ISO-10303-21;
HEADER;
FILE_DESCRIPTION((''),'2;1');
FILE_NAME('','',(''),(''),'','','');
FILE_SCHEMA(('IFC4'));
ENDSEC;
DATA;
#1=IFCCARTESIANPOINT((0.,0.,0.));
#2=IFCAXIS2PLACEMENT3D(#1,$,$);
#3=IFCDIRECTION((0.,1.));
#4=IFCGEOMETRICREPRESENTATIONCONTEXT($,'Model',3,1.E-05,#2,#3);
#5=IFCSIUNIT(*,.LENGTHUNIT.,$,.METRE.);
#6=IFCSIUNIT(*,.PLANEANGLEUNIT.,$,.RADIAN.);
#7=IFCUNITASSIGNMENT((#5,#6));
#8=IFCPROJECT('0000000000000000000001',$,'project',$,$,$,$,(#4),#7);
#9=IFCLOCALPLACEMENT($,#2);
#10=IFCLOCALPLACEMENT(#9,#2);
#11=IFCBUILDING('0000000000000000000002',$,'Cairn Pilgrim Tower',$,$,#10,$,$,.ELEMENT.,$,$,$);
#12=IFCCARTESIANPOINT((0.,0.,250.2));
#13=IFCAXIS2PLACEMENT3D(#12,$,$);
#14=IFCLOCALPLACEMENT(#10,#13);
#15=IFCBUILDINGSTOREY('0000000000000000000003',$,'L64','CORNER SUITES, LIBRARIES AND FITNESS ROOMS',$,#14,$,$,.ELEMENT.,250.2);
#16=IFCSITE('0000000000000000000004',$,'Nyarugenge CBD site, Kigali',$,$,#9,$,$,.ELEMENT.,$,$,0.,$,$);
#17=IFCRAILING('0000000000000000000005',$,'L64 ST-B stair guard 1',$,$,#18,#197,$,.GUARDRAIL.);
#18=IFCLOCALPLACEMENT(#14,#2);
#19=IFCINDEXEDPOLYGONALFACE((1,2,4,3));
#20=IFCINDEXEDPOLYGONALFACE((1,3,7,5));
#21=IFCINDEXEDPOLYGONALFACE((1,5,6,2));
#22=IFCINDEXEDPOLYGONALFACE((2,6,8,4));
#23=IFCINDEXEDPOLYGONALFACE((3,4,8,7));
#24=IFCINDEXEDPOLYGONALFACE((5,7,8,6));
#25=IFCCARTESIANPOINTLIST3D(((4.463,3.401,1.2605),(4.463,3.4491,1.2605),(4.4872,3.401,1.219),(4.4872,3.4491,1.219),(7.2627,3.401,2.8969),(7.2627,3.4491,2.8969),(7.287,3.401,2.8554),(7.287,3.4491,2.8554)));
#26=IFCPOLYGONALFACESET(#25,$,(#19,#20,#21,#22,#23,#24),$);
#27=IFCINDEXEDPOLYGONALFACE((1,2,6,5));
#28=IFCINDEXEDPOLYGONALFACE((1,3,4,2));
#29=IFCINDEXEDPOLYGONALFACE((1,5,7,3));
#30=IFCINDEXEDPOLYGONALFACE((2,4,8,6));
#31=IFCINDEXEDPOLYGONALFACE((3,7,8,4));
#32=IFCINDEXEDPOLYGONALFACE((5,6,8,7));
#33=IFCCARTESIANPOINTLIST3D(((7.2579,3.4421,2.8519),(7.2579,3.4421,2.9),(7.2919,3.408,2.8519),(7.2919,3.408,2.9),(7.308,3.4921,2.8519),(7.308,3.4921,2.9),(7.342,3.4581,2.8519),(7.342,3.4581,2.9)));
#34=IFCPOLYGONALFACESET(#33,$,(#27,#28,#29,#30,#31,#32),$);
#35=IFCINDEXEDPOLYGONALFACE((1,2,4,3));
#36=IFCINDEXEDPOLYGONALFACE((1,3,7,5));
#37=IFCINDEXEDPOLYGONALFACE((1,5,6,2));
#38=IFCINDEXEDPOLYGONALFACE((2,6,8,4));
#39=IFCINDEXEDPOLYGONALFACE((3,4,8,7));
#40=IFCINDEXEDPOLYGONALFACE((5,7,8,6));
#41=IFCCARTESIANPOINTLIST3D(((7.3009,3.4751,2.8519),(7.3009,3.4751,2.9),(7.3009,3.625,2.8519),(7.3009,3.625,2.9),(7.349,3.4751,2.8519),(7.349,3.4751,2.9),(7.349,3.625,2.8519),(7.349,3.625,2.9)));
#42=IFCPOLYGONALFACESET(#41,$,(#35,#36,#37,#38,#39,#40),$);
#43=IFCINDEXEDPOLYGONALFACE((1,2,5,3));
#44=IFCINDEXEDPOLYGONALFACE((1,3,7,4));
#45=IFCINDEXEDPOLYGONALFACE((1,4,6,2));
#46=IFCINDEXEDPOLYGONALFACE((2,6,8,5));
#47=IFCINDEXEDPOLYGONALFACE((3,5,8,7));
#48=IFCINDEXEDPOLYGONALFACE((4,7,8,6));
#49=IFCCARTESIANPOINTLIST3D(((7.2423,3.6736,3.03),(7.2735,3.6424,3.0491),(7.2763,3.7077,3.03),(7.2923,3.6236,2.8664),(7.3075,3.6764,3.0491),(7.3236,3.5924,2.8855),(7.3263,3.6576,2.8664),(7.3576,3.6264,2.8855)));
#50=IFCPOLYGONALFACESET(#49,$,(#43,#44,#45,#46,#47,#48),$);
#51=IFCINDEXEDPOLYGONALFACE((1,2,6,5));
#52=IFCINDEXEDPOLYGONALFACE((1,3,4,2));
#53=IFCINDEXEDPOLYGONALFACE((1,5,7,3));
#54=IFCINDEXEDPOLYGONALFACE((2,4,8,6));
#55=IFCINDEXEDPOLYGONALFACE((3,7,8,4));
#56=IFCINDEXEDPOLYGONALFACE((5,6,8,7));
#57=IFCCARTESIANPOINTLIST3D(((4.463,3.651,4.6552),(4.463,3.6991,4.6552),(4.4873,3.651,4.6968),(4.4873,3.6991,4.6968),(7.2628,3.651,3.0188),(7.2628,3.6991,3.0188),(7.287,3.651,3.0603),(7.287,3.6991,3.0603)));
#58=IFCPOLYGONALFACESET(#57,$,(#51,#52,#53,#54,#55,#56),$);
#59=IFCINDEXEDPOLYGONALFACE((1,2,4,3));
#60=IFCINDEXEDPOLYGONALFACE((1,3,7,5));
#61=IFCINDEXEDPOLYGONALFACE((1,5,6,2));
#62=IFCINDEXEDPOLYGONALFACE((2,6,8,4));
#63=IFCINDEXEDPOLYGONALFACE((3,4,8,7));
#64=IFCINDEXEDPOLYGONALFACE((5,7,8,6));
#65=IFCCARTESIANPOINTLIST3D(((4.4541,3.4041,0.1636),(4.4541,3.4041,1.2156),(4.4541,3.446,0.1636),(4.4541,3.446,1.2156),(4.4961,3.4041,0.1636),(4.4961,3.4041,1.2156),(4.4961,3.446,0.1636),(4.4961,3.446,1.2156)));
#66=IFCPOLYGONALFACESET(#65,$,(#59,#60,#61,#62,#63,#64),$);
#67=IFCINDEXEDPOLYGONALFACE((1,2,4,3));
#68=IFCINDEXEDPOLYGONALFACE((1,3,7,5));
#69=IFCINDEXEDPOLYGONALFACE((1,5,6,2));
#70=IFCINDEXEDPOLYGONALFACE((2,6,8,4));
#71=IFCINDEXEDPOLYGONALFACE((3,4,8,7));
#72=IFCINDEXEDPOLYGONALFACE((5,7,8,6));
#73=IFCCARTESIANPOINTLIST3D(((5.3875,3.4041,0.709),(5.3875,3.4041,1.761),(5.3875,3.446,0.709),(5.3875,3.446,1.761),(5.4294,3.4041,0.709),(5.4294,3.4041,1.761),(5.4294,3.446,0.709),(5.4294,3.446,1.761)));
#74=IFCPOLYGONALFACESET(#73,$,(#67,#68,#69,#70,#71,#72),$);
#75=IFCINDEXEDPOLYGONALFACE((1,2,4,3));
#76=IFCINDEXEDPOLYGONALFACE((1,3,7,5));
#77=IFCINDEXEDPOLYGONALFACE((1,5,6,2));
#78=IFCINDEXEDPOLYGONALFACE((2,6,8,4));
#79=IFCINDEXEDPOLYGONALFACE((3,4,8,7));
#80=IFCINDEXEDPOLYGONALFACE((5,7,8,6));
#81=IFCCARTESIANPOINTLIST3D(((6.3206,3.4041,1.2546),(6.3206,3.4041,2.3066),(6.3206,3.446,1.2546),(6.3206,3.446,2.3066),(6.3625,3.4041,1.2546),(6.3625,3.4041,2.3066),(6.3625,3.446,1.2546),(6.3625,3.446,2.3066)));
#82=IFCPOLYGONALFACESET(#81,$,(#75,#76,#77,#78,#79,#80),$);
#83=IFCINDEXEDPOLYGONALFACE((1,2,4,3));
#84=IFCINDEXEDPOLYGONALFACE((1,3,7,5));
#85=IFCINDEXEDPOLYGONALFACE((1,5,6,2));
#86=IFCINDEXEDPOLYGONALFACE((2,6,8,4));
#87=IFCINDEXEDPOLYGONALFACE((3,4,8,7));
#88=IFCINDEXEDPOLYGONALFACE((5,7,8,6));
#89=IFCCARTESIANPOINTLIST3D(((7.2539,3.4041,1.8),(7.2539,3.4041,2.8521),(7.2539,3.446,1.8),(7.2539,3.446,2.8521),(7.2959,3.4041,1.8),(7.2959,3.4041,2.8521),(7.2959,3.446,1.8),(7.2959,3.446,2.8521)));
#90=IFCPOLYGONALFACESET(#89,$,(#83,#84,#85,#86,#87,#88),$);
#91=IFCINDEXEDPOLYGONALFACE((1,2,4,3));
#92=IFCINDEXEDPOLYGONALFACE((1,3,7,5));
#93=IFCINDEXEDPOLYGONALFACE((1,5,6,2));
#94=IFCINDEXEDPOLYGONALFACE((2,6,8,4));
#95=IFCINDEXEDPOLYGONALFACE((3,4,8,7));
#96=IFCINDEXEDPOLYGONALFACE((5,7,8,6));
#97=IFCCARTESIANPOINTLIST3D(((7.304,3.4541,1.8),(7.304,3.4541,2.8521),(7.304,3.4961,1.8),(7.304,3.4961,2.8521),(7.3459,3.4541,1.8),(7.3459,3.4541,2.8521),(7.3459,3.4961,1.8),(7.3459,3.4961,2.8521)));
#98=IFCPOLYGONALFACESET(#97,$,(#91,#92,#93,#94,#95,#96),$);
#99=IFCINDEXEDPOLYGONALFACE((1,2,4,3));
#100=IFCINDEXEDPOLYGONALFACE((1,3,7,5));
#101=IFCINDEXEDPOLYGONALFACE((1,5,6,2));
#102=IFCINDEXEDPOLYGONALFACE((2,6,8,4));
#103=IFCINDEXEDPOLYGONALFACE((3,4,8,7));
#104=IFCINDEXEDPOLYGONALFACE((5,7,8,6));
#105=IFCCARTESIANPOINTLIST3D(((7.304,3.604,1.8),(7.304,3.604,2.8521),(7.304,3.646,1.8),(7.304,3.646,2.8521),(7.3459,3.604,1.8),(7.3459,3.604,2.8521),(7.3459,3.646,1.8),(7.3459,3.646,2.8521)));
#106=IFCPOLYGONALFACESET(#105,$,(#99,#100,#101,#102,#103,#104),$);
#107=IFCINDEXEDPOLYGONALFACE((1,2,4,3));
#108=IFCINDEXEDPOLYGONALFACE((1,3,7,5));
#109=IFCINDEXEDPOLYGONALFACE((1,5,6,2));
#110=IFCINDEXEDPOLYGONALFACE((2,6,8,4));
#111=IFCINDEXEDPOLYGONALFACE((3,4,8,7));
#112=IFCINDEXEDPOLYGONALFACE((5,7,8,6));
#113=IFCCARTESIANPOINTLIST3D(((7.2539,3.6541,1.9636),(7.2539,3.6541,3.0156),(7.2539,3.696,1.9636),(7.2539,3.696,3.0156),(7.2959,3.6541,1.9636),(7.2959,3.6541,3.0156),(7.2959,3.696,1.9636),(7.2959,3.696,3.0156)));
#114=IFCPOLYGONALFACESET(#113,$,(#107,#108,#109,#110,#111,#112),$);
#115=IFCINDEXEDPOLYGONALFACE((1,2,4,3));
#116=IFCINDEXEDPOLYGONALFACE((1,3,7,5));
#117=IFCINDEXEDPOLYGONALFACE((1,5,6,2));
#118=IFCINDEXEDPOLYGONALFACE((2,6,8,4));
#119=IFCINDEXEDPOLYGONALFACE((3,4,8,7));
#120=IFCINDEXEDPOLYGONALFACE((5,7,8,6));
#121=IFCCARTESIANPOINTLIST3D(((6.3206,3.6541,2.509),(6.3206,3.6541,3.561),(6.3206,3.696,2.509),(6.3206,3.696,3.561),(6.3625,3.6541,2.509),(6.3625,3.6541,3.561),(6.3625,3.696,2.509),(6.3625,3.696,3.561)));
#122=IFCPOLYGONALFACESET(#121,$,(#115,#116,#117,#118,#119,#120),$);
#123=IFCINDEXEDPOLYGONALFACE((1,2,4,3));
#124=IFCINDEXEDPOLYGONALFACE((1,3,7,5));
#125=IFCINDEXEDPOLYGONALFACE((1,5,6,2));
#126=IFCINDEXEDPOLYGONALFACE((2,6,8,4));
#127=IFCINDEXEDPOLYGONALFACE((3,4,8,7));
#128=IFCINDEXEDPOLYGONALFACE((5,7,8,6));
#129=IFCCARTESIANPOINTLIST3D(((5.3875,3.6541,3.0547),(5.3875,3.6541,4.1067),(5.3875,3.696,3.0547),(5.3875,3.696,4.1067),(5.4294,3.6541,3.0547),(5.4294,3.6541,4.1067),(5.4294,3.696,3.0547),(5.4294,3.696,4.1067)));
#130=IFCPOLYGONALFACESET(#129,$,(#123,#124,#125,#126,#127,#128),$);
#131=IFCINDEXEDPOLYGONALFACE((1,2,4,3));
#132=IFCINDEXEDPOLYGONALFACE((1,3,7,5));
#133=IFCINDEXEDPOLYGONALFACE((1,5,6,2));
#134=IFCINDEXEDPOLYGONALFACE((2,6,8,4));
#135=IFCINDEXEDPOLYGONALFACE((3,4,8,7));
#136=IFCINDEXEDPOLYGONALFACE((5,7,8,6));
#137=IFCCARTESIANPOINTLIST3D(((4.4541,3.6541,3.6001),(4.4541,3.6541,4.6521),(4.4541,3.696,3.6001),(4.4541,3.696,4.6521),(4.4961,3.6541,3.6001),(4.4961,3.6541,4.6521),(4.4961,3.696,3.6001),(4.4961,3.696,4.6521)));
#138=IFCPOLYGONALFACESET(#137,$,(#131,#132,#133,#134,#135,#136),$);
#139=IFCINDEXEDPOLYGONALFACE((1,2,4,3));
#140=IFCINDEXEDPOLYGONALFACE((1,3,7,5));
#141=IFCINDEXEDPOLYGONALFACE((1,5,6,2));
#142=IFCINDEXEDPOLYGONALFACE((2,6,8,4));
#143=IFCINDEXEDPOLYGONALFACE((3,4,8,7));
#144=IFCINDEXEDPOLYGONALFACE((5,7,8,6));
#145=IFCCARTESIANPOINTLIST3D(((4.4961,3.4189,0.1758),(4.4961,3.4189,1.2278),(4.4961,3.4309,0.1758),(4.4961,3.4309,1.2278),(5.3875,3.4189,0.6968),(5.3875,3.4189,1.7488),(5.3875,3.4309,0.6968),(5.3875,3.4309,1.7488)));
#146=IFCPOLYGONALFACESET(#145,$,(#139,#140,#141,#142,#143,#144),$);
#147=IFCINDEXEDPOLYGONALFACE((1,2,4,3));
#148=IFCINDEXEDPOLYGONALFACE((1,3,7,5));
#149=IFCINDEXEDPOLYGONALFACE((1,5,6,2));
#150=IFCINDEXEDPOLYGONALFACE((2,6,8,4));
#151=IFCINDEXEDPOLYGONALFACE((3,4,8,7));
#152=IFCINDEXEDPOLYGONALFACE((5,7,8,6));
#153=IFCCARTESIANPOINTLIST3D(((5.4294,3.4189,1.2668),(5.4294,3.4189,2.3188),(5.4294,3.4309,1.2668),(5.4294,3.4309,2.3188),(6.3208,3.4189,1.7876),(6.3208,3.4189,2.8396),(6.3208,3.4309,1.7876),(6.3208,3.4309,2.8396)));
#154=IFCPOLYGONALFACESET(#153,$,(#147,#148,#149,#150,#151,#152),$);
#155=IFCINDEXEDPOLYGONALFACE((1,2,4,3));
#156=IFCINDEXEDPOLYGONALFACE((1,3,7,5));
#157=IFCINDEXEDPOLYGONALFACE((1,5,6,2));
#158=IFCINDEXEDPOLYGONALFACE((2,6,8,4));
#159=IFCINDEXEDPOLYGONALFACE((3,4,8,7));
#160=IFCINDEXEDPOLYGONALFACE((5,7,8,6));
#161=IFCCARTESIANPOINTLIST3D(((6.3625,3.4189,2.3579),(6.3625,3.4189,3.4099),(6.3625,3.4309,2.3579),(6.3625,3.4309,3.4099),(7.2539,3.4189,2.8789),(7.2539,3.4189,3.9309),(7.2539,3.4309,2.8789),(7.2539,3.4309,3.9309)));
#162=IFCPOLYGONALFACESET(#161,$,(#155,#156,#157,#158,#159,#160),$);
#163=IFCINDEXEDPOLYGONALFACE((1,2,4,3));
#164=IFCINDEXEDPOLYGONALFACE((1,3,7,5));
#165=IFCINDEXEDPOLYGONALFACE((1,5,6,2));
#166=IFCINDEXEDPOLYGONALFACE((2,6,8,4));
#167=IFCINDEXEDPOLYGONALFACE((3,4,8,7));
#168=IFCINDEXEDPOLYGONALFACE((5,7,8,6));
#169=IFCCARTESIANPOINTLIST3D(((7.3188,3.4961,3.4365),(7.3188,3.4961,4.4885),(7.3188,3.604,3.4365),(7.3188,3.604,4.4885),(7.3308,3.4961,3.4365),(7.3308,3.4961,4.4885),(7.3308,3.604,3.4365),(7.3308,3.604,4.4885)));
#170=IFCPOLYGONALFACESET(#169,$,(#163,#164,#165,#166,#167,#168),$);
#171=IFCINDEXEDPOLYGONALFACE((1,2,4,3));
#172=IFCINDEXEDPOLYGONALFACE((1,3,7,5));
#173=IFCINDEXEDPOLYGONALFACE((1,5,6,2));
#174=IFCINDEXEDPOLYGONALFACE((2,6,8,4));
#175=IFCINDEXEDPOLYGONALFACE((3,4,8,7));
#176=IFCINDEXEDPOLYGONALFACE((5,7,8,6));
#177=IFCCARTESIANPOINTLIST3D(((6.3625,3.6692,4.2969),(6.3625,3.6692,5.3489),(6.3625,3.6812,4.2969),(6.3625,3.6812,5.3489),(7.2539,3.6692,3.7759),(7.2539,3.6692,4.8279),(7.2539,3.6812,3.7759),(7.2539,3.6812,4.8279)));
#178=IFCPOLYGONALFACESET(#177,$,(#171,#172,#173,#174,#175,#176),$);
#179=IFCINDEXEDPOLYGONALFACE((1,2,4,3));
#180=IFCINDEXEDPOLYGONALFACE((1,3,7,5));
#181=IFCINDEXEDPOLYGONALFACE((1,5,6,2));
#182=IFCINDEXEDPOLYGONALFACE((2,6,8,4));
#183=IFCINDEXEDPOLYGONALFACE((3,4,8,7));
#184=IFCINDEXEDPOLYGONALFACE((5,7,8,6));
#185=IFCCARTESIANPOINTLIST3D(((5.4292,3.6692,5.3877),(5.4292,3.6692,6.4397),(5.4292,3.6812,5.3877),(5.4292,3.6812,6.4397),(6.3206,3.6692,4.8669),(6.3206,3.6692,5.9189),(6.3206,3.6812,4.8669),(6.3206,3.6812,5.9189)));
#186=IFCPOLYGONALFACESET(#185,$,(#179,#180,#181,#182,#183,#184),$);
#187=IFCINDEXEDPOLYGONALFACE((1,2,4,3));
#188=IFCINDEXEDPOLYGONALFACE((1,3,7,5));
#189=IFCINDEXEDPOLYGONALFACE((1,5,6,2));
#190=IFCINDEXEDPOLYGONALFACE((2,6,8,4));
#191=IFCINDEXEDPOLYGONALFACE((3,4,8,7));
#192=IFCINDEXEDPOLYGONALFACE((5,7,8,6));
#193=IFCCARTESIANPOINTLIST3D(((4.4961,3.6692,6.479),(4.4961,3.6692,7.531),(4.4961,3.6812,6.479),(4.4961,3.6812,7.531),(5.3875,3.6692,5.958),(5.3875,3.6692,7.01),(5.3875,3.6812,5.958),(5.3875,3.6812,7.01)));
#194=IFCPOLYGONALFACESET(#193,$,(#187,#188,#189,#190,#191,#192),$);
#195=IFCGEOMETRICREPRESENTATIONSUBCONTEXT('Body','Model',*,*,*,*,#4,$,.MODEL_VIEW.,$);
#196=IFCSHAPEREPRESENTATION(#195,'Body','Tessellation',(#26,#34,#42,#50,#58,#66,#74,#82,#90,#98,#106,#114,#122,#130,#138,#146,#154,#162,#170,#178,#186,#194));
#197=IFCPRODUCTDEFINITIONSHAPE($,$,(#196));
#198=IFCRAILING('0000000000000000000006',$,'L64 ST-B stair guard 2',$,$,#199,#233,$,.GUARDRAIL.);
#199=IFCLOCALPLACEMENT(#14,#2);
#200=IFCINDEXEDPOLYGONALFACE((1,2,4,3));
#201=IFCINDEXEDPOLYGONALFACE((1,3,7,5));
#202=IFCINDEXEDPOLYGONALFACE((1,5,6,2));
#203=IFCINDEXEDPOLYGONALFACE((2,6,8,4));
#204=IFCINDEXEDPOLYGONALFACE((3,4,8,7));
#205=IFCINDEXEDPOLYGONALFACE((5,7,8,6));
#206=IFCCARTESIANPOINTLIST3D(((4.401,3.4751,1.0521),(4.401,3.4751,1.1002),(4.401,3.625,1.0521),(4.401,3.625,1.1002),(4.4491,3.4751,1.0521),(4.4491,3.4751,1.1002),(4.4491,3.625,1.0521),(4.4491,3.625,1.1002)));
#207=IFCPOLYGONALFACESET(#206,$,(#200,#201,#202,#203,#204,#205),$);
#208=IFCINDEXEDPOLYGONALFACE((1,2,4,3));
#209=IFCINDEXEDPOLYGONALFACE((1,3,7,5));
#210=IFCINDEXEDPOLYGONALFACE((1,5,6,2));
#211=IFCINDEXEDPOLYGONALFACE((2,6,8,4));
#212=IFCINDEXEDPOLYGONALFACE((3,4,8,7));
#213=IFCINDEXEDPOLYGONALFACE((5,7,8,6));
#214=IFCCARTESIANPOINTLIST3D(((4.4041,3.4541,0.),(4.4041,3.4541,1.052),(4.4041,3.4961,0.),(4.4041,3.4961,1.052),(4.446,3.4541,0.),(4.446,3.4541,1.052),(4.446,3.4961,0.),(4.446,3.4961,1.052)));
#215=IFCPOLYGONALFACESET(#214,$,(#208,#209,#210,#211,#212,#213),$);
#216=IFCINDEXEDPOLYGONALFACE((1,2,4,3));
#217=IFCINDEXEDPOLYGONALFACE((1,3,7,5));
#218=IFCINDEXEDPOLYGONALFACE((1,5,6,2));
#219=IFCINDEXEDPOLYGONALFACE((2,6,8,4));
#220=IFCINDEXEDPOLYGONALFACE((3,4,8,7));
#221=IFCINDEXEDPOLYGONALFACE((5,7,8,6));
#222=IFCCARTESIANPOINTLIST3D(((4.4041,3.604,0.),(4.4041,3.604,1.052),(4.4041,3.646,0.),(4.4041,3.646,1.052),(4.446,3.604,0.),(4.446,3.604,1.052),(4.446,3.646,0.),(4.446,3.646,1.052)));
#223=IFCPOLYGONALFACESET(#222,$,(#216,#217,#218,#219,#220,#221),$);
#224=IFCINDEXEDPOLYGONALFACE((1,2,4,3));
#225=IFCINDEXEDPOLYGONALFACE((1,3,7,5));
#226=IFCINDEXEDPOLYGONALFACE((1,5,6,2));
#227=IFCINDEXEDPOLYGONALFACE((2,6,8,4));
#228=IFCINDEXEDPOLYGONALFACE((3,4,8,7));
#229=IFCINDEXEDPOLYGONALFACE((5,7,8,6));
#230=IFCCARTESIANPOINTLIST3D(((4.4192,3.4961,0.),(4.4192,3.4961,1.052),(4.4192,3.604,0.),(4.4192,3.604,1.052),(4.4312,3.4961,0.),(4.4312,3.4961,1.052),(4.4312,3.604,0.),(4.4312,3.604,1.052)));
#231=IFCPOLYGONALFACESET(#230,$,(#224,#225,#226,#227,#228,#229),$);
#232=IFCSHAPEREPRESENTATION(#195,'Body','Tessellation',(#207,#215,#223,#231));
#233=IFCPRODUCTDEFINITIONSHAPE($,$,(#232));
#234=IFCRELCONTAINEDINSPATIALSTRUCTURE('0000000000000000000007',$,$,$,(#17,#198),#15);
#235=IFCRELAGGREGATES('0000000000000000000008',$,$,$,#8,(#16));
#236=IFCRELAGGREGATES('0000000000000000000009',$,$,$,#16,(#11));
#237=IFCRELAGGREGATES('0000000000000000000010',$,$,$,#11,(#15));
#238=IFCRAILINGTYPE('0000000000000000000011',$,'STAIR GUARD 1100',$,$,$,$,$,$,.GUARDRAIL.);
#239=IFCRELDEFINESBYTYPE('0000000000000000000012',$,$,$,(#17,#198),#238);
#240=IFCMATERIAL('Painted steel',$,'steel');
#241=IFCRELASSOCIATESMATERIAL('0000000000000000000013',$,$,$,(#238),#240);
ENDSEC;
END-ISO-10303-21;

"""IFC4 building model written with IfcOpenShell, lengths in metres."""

from ifc_helpers import new_model, si_unit, direction, frame, origin, origin_2d, place, context, subcontext, project, spatial, polyline, rectangle, outline, extrude, material, type_object, element, save


model = new_model("IFC4")

# Units and contexts
model_context = context("Model", 3, precision=1e-05, world=origin(), true_north=direction((0.0, 1.0)))
body_context = subcontext(model_context, "Body", "Model", "MODEL_VIEW")
ifc_project = project(units=[si_unit("LENGTHUNIT", "METRE"), si_unit("PLANEANGLEUNIT", "RADIAN")], contexts=[model_context])

# Site, building, storey
site_placement = place(None, origin())
site = spatial("IfcSite", under=ifc_project, at=site_placement, Name="Nyarugenge CBD site, Kigali", CompositionType="ELEMENT", RefElevation=0.0)
building_placement = place(site_placement, origin())
building = spatial("IfcBuilding", under=site, at=building_placement, Name="Cairn Pilgrim Tower", CompositionType="ELEMENT")
storey_placement = place(building_placement, frame((0.0, 0.0, 250.2)))
storey = spatial("IfcBuildingStorey", under=building, at=storey_placement, Name="L64", Description="CORNER SUITES, LIBRARIES AND FITNESS ROOMS", CompositionType="ELEMENT", Elevation=250.2)

# Shared definitions
ifc_material_1 = material(Name="Painted steel", Category="steel")

# Railings
railing_type_1 = type_object("IfcRailingType", Name="STAIR GUARD 1100", PredefinedType="GUARDRAIL", material=ifc_material_1)
railing_1_placement = place(storey_placement, frame((4.4751, 3.425, 0.1636)))
element("IfcRailing", 1, at=railing_1_placement, inside=storey, type_object=railing_type_1, Name="L64 ST-B stair guard 1", PredefinedType="GUARDRAIL", context=body_context, shape_type="SweptSolid", body=[
    extrude(rectangle(XDim=0.0481, YDim=0.0481, at=origin_2d()), frame((0.0, 0.0, 1.0762), z_axis=(0.863342, 0.0, 0.50462), x_axis=(0.0, 1.0, 0.0)), (0.0, 0.0, 1.0), 3.2429),
    extrude(rectangle(XDim=0.0481, YDim=0.0481, at=origin_2d()), frame((2.7998, 0.0, 2.7124), z_axis=(0.707107, 0.707107, 0.0), x_axis=(-0.707107, 0.707107, 0.0)), (0.0, 0.0, 1.0), 0.0708),
    extrude(rectangle(XDim=0.0481, YDim=0.0481, at=origin_2d()), frame((2.8499, 0.05, 2.7124), z_axis=(0.0, 1.0, 0.0), x_axis=(-1.0, 0.0, 0.0)), (0.0, 0.0, 1.0), 0.1499),
    extrude(rectangle(XDim=0.0481, YDim=0.0481, at=origin_2d()), frame((2.8499, 0.2, 2.7124), z_axis=(-0.280809, 0.280809, 0.917765), x_axis=(-0.707107, -0.707107, 0.0)), (0.0, 0.0, 1.0), 0.1782),
    extrude(rectangle(XDim=0.0481, YDim=0.0481, at=origin_2d()), frame((2.7998, 0.25, 2.876), z_axis=(-0.863342, 0.0, 0.50462), x_axis=(0.0, -1.0, 0.0)), (0.0, 0.0, 1.0), 3.2429),
    extrude(rectangle(XDim=0.042, YDim=0.042, at=origin_2d()), origin(), (0.0, 0.0, 1.0), 1.052),
    extrude(rectangle(XDim=0.042, YDim=0.042, at=origin_2d()), frame((0.9333, 0.0, 0.5454)), (0.0, 0.0, 1.0), 1.052),
    extrude(rectangle(XDim=0.042, YDim=0.042, at=origin_2d()), frame((1.8665, 0.0, 1.0911)), (0.0, 0.0, 1.0), 1.052),
    extrude(rectangle(XDim=0.042, YDim=0.042, at=origin_2d()), frame((2.7998, 0.0, 1.6365)), (0.0, 0.0, 1.0), 1.052),
    extrude(rectangle(XDim=0.042, YDim=0.042, at=origin_2d()), frame((2.8499, 0.05, 1.6365)), (0.0, 0.0, 1.0), 1.052),
    extrude(rectangle(XDim=0.042, YDim=0.042, at=origin_2d()), frame((2.8499, 0.2, 1.6365)), (0.0, 0.0, 1.0), 1.052),
    extrude(rectangle(XDim=0.042, YDim=0.042, at=origin_2d()), frame((2.7998, 0.25, 1.8)), (0.0, 0.0, 1.0), 1.052),
    extrude(rectangle(XDim=0.042, YDim=0.042, at=origin_2d()), frame((1.8665, 0.25, 2.3455)), (0.0, 0.0, 1.0), 1.052),
    extrude(rectangle(XDim=0.042, YDim=0.042, at=origin_2d()), frame((0.9333, 0.25, 2.8911)), (0.0, 0.0, 1.0), 1.052),
    extrude(rectangle(XDim=0.042, YDim=0.042, at=origin_2d()), frame((0.0, 0.25, 3.4365)), (0.0, 0.0, 1.0), 1.052),
    extrude(outline(polyline([(0.021, 0.0122), (0.9124, 0.5332), (0.9124, 1.5852), (0.021, 1.0642), (0.021, 0.0122)])), frame((0.0, 0.0059, 0.0), z_axis=(0.0, -1.0, 0.0), x_axis=(1.0, 0.0, 0.0)), (0.0, 0.0, 1.0), 0.012),
    extrude(outline(polyline([(0.021, 0.5579), (0.9124, 1.0786), (0.9124, 2.1306), (0.021, 1.6099), (0.021, 0.5579)])), frame((0.9333, 0.0059, 0.5454), z_axis=(0.0, -1.0, 0.0), x_axis=(1.0, 0.0, 0.0)), (0.0, 0.0, 1.0), 0.012),
    extrude(outline(polyline([(0.021, 1.1033), (0.9124, 1.6243), (0.9124, 2.6763), (0.021, 2.1553), (0.021, 1.1033)])), frame((1.8665, 0.0059, 1.0911), z_axis=(0.0, -1.0, 0.0), x_axis=(1.0, 0.0, 0.0)), (0.0, 0.0, 1.0), 0.012),
    extrude(outline(polyline([(0.021, 1.6365), (0.1289, 1.6365), (0.1289, 2.6885), (0.021, 2.6885), (0.021, 1.6365)])), frame((2.8438, 0.05, 1.6365), z_axis=(1.0, 0.0, 0.0), x_axis=(0.0, 1.0, 0.0)), (0.0, 0.0, 1.0), 0.012),
    extrude(outline(polyline([(0.021, 1.8123), (0.9124, 2.3333), (0.9124, 3.3853), (0.021, 2.8643), (0.021, 1.8123)])), frame((2.7998, 0.2441, 1.8), z_axis=(0.0, 1.0, 0.0), x_axis=(-1.0, 0.0, 0.0)), (0.0, 0.0, 1.0), 0.012),
    extrude(outline(polyline([(0.021, 2.3579), (0.9124, 2.8787), (0.9124, 3.9307), (0.021, 3.4099), (0.021, 2.3579)])), frame((1.8665, 0.2441, 2.3455), z_axis=(0.0, 1.0, 0.0), x_axis=(-1.0, 0.0, 0.0)), (0.0, 0.0, 1.0), 0.012),
    extrude(outline(polyline([(0.021, 2.9033), (0.9124, 3.4243), (0.9124, 4.4763), (0.021, 3.9553), (0.021, 2.9033)])), frame((0.9333, 0.2441, 2.8911), z_axis=(0.0, 1.0, 0.0), x_axis=(-1.0, 0.0, 0.0)), (0.0, 0.0, 1.0), 0.012),
])
railing_2_placement = place(storey_placement, frame((4.425, 3.4751, 0.0)))
element("IfcRailing", 2, at=railing_2_placement, inside=storey, type_object=railing_type_1, Name="L64 ST-B stair guard 2", PredefinedType="GUARDRAIL", context=body_context, shape_type="SweptSolid", body=[
    extrude(rectangle(XDim=0.0481, YDim=0.0481, at=origin_2d()), frame((0.0, 0.0, 1.0762), z_axis=(0.0, 1.0, 0.0), x_axis=(-1.0, 0.0, 0.0)), (0.0, 0.0, 1.0), 0.1499),
    extrude(rectangle(XDim=0.042, YDim=0.042, at=origin_2d()), origin(), (0.0, 0.0, 1.0), 1.052),
    extrude(rectangle(XDim=0.042, YDim=0.042, at=origin_2d()), frame((0.0, 0.1499, 0.0)), (0.0, 0.0, 1.0), 1.052),
    extrude(outline(polyline([(0.021, 0.0), (0.1289, 0.0), (0.1289, 1.052), (0.021, 1.052), (0.021, 0.0)])), frame((-0.0059, 0.0, 0.0), z_axis=(1.0, 0.0, 0.0), x_axis=(0.0, 1.0, 0.0)), (0.0, 0.0, 1.0), 0.012),
])

save(model, "model.ifc")
